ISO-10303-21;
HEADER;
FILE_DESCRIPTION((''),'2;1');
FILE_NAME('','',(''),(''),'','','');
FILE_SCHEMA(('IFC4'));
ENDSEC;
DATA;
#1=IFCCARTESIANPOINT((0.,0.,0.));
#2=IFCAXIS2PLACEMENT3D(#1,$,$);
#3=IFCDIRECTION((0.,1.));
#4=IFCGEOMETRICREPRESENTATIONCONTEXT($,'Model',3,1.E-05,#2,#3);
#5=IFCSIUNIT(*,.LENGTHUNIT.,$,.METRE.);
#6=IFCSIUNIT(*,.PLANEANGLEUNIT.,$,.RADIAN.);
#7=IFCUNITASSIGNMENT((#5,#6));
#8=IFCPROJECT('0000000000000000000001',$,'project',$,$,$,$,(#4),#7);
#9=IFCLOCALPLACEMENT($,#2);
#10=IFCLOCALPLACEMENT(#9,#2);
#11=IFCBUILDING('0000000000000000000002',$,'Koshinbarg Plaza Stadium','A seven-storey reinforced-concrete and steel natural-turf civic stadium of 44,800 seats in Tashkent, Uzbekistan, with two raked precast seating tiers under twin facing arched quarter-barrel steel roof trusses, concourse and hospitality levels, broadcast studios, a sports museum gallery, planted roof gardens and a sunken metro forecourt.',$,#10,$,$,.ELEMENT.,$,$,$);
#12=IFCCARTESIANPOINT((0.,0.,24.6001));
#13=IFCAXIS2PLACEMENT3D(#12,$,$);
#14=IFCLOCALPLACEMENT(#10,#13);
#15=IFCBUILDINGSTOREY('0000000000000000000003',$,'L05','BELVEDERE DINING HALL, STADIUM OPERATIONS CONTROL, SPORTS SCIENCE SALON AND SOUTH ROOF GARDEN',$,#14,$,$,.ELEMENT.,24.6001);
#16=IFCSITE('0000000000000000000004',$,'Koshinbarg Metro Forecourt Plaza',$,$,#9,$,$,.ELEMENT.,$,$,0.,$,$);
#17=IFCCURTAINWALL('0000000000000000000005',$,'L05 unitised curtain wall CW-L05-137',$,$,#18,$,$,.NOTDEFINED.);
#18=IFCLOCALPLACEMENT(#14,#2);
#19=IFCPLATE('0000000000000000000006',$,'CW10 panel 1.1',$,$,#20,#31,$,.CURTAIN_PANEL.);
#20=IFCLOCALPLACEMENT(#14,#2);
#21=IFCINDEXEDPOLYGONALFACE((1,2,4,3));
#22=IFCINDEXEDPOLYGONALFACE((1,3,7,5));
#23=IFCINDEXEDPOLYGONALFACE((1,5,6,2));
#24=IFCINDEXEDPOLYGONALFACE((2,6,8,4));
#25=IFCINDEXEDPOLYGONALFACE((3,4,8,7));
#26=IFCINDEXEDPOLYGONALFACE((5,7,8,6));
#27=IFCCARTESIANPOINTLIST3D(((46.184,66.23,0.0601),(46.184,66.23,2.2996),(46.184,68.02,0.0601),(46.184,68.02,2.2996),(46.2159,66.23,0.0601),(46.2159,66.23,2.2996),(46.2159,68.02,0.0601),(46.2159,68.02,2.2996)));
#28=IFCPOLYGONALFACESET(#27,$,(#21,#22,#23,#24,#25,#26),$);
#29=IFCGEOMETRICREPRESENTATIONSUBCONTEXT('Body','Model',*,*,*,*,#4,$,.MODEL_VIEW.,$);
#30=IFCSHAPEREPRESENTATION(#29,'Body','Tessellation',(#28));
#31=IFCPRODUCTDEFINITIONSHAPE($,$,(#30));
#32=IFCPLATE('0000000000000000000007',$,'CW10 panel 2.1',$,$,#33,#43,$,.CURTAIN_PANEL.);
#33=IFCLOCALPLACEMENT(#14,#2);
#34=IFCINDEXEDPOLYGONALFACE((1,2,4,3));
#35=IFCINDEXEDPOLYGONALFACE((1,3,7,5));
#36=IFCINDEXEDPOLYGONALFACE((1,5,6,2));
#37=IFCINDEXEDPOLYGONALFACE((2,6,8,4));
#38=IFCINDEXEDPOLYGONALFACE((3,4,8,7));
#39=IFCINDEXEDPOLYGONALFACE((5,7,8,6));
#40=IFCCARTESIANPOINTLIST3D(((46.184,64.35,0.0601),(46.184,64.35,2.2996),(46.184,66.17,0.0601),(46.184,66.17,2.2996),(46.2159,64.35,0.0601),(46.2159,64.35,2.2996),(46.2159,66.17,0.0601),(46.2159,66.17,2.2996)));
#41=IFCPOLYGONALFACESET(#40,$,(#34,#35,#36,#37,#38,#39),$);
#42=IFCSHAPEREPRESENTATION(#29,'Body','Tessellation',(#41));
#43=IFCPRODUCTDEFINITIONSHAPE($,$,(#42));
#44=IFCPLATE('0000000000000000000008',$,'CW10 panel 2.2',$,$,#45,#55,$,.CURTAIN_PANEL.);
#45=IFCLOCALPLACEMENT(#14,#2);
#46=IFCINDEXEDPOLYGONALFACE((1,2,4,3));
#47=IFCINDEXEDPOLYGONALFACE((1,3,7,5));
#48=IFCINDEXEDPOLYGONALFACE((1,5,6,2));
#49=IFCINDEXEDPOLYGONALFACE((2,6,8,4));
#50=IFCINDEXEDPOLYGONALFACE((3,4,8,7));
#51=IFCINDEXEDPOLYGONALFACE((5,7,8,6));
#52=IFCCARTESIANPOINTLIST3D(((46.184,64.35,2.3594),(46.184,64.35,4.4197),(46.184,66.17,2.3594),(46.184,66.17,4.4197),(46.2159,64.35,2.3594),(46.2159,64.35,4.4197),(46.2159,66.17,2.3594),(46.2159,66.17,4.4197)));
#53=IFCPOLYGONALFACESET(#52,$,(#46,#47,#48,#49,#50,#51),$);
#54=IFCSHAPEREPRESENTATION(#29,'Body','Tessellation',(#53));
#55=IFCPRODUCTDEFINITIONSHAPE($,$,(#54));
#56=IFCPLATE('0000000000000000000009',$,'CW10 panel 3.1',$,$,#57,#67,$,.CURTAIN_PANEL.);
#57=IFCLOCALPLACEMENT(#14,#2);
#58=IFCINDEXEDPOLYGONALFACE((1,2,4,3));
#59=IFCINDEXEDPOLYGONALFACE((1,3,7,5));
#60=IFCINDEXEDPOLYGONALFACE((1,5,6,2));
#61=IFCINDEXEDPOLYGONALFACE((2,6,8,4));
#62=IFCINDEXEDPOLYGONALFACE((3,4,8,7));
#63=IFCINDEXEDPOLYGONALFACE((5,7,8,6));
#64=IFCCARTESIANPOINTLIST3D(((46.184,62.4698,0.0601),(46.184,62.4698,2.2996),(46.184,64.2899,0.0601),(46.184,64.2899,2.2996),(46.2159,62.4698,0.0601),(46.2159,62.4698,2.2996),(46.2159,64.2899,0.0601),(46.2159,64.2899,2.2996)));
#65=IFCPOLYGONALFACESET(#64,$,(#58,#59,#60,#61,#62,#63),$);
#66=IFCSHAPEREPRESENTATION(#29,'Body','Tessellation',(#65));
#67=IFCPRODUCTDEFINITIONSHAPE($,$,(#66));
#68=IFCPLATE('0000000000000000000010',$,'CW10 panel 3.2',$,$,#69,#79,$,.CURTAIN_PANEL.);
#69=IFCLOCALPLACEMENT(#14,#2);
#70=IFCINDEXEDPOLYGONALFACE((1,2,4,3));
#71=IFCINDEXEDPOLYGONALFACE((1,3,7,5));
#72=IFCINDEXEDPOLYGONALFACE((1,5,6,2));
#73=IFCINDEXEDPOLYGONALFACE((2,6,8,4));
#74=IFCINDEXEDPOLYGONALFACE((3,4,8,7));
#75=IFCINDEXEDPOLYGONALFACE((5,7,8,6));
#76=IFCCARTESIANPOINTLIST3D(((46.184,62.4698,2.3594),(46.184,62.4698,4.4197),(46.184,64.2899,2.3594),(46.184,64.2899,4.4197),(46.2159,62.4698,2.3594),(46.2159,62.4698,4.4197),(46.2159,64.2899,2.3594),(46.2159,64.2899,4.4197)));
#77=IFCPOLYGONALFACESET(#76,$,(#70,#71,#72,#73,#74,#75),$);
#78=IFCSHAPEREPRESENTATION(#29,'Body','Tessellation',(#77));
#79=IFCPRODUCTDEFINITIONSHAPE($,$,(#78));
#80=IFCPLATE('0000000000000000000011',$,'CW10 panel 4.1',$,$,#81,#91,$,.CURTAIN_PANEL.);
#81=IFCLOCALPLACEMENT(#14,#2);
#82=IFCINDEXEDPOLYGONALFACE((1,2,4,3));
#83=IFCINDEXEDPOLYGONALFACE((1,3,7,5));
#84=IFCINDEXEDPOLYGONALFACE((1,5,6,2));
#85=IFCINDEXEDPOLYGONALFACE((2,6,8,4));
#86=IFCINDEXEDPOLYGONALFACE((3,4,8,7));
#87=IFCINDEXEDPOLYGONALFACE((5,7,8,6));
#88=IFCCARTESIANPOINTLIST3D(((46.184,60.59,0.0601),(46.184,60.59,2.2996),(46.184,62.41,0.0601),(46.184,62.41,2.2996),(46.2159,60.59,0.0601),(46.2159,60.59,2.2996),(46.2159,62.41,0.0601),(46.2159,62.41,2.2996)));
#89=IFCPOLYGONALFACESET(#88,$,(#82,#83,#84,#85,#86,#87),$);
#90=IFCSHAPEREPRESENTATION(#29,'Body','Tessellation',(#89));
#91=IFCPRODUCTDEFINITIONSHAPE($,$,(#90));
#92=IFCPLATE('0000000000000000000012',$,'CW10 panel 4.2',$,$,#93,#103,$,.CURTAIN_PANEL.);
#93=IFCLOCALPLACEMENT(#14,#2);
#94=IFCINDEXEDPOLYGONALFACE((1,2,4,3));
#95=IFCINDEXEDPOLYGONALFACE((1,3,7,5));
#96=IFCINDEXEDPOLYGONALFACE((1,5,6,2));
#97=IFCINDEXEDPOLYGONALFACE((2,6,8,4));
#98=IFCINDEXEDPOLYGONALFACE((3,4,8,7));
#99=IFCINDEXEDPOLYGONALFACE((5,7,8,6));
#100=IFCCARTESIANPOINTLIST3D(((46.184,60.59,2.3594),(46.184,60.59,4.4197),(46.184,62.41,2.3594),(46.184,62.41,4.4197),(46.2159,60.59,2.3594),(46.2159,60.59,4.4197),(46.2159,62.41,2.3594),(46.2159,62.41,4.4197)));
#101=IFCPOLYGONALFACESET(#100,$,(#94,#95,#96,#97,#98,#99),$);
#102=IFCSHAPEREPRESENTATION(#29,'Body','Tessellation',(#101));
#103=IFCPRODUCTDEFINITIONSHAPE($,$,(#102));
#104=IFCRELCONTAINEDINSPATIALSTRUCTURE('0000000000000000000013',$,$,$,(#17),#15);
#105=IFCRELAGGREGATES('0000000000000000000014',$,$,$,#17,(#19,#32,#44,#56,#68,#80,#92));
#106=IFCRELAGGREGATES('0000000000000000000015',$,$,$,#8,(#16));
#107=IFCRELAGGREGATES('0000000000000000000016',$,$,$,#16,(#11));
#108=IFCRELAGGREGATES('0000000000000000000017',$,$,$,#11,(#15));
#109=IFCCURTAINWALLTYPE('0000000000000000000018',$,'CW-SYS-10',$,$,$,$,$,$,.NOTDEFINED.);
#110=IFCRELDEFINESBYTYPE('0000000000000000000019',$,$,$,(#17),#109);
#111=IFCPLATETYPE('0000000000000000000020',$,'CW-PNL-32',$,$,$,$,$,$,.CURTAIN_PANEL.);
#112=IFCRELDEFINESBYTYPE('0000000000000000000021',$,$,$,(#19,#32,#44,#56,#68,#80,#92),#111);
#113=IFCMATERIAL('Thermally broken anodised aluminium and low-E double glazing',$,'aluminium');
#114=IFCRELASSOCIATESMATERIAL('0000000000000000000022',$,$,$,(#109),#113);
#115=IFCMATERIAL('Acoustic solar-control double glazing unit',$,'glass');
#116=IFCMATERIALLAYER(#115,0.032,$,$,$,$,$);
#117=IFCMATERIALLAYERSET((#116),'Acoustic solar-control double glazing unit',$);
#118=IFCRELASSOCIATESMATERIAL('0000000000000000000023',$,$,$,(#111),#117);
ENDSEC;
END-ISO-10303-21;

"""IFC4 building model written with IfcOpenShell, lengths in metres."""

from ifc_helpers import new_model, si_unit, direction, frame, origin, origin_2d, place, context, subcontext, project, spatial, rectangle, extrude, material, layer, layer_set, type_object, element, aggregate, save


model = new_model("IFC4")

# Units and contexts
model_context = context("Model", 3, precision=1e-05, world=origin(), true_north=direction((0.0, 1.0)))
body_context = subcontext(model_context, "Body", "Model", "MODEL_VIEW")
ifc_project = project(units=[si_unit("LENGTHUNIT", "METRE"), si_unit("PLANEANGLEUNIT", "RADIAN")], contexts=[model_context])

# Site, building, storey
site_placement = place(None, origin())
site = spatial("IfcSite", under=ifc_project, at=site_placement, Name="Koshinbarg Metro Forecourt Plaza", CompositionType="ELEMENT", RefElevation=0.0)
building_placement = place(site_placement, origin())
building = spatial("IfcBuilding", under=site, at=building_placement, Name="Koshinbarg Plaza Stadium", Description="A seven-storey reinforced-concrete and steel natural-turf civic stadium of 44,800 seats in Tashkent, Uzbekistan, with two raked precast seating tiers under twin facing arched quarter-barrel steel roof trusses, concourse and hospitality levels, broadcast studios, a sports museum gallery, planted roof gardens and a sunken metro forecourt.", CompositionType="ELEMENT")
storey_placement = place(building_placement, frame((0.0, 0.0, 24.6001)))
storey = spatial("IfcBuildingStorey", under=building, at=storey_placement, Name="L05", Description="BELVEDERE DINING HALL, STADIUM OPERATIONS CONTROL, SPORTS SCIENCE SALON AND SOUTH ROOF GARDEN", CompositionType="ELEMENT", Elevation=24.6001)

# Curtain wall, plates
ifc_material_1 = material(Name="Thermally broken anodised aluminium and low-E double glazing", Category="aluminium")
curtain_wall_type = type_object("IfcCurtainWallType", Name="CW-SYS-10", PredefinedType="NOTDEFINED", material=ifc_material_1)
curtain_wall_placement = place(storey_placement, origin())
curtain_wall = element("IfcCurtainWall", 1, at=curtain_wall_placement, inside=storey, type_object=curtain_wall_type, Name="L05 unitised curtain wall CW-L05-137", PredefinedType="NOTDEFINED")
ifc_material_2 = material(Name="Acoustic solar-control double glazing unit", Category="glass")
ifc_layer = layer(ifc_material_2, 0.032)
ifc_layer_set = layer_set([ifc_layer], Name="Acoustic solar-control double glazing unit")
plate_type = type_object("IfcPlateType", Name="CW-PNL-32", PredefinedType="CURTAIN_PANEL", material=ifc_layer_set)
plate_1_placement = place(storey_placement, frame((46.2, 67.125, 0.0601), z_axis=(0.0, 0.0, 1.0), x_axis=(0.0, -1.0, 0.0)))
plate_1 = element("IfcPlate", 2, at=plate_1_placement, type_object=plate_type, Name="CW10 panel 1.1", PredefinedType="CURTAIN_PANEL", context=body_context, shape_type="SweptSolid", body=[
    extrude(rectangle(XDim=1.79, YDim=0.032, at=origin_2d()), origin(), (0.0, 0.0, 1.0), 2.2395),
])
plate_2_placement = place(storey_placement, frame((46.2, 65.26, 0.0601), z_axis=(0.0, 0.0, 1.0), x_axis=(0.0, -1.0, 0.0)))
plate_2 = element("IfcPlate", 3, at=plate_2_placement, type_object=plate_type, Name="CW10 panel 2.1", PredefinedType="CURTAIN_PANEL", context=body_context, shape_type="SweptSolid", body=[
    extrude(rectangle(XDim=1.8201, YDim=0.032, at=origin_2d()), origin(), (0.0, 0.0, 1.0), 2.2395),
])
plate_3_placement = place(storey_placement, frame((46.2, 65.26, 2.3594), z_axis=(0.0, 0.0, 1.0), x_axis=(0.0, -1.0, 0.0)))
plate_3 = element("IfcPlate", 4, at=plate_3_placement, type_object=plate_type, Name="CW10 panel 2.2", PredefinedType="CURTAIN_PANEL", context=body_context, shape_type="SweptSolid", body=[
    extrude(rectangle(XDim=1.8201, YDim=0.032, at=origin_2d()), origin(), (0.0, 0.0, 1.0), 2.0603),
])
plate_4_placement = place(storey_placement, frame((46.2, 63.3799, 0.0601), z_axis=(0.0, 0.0, 1.0), x_axis=(0.0, -1.0, 0.0)))
plate_4 = element("IfcPlate", 5, at=plate_4_placement, type_object=plate_type, Name="CW10 panel 3.1", PredefinedType="CURTAIN_PANEL", context=body_context, shape_type="SweptSolid", body=[
    extrude(rectangle(XDim=1.8201, YDim=0.032, at=origin_2d()), origin(), (0.0, 0.0, 1.0), 2.2395),
])
plate_5_placement = place(storey_placement, frame((46.2, 63.3799, 2.3594), z_axis=(0.0, 0.0, 1.0), x_axis=(0.0, -1.0, 0.0)))
plate_5 = element("IfcPlate", 6, at=plate_5_placement, type_object=plate_type, Name="CW10 panel 3.2", PredefinedType="CURTAIN_PANEL", context=body_context, shape_type="SweptSolid", body=[
    extrude(rectangle(XDim=1.8201, YDim=0.032, at=origin_2d()), origin(), (0.0, 0.0, 1.0), 2.0603),
])
plate_6_placement = place(storey_placement, frame((46.2, 61.5, 0.0601), z_axis=(0.0, 0.0, 1.0), x_axis=(0.0, -1.0, 0.0)))
plate_6 = element("IfcPlate", 7, at=plate_6_placement, type_object=plate_type, Name="CW10 panel 4.1", PredefinedType="CURTAIN_PANEL", context=body_context, shape_type="SweptSolid", body=[
    extrude(rectangle(XDim=1.8201, YDim=0.032, at=origin_2d()), origin(), (0.0, 0.0, 1.0), 2.2395),
])
plate_7_placement = place(storey_placement, frame((46.2, 61.5, 2.3594), z_axis=(0.0, 0.0, 1.0), x_axis=(0.0, -1.0, 0.0)))
plate_7 = element("IfcPlate", 8, at=plate_7_placement, type_object=plate_type, Name="CW10 panel 4.2", PredefinedType="CURTAIN_PANEL", context=body_context, shape_type="SweptSolid", body=[
    extrude(rectangle(XDim=1.8201, YDim=0.032, at=origin_2d()), origin(), (0.0, 0.0, 1.0), 2.0603),
])
aggregate(curtain_wall, [plate_1, plate_2, plate_3, plate_4, plate_5, plate_6, plate_7])

save(model, "model.ifc")
